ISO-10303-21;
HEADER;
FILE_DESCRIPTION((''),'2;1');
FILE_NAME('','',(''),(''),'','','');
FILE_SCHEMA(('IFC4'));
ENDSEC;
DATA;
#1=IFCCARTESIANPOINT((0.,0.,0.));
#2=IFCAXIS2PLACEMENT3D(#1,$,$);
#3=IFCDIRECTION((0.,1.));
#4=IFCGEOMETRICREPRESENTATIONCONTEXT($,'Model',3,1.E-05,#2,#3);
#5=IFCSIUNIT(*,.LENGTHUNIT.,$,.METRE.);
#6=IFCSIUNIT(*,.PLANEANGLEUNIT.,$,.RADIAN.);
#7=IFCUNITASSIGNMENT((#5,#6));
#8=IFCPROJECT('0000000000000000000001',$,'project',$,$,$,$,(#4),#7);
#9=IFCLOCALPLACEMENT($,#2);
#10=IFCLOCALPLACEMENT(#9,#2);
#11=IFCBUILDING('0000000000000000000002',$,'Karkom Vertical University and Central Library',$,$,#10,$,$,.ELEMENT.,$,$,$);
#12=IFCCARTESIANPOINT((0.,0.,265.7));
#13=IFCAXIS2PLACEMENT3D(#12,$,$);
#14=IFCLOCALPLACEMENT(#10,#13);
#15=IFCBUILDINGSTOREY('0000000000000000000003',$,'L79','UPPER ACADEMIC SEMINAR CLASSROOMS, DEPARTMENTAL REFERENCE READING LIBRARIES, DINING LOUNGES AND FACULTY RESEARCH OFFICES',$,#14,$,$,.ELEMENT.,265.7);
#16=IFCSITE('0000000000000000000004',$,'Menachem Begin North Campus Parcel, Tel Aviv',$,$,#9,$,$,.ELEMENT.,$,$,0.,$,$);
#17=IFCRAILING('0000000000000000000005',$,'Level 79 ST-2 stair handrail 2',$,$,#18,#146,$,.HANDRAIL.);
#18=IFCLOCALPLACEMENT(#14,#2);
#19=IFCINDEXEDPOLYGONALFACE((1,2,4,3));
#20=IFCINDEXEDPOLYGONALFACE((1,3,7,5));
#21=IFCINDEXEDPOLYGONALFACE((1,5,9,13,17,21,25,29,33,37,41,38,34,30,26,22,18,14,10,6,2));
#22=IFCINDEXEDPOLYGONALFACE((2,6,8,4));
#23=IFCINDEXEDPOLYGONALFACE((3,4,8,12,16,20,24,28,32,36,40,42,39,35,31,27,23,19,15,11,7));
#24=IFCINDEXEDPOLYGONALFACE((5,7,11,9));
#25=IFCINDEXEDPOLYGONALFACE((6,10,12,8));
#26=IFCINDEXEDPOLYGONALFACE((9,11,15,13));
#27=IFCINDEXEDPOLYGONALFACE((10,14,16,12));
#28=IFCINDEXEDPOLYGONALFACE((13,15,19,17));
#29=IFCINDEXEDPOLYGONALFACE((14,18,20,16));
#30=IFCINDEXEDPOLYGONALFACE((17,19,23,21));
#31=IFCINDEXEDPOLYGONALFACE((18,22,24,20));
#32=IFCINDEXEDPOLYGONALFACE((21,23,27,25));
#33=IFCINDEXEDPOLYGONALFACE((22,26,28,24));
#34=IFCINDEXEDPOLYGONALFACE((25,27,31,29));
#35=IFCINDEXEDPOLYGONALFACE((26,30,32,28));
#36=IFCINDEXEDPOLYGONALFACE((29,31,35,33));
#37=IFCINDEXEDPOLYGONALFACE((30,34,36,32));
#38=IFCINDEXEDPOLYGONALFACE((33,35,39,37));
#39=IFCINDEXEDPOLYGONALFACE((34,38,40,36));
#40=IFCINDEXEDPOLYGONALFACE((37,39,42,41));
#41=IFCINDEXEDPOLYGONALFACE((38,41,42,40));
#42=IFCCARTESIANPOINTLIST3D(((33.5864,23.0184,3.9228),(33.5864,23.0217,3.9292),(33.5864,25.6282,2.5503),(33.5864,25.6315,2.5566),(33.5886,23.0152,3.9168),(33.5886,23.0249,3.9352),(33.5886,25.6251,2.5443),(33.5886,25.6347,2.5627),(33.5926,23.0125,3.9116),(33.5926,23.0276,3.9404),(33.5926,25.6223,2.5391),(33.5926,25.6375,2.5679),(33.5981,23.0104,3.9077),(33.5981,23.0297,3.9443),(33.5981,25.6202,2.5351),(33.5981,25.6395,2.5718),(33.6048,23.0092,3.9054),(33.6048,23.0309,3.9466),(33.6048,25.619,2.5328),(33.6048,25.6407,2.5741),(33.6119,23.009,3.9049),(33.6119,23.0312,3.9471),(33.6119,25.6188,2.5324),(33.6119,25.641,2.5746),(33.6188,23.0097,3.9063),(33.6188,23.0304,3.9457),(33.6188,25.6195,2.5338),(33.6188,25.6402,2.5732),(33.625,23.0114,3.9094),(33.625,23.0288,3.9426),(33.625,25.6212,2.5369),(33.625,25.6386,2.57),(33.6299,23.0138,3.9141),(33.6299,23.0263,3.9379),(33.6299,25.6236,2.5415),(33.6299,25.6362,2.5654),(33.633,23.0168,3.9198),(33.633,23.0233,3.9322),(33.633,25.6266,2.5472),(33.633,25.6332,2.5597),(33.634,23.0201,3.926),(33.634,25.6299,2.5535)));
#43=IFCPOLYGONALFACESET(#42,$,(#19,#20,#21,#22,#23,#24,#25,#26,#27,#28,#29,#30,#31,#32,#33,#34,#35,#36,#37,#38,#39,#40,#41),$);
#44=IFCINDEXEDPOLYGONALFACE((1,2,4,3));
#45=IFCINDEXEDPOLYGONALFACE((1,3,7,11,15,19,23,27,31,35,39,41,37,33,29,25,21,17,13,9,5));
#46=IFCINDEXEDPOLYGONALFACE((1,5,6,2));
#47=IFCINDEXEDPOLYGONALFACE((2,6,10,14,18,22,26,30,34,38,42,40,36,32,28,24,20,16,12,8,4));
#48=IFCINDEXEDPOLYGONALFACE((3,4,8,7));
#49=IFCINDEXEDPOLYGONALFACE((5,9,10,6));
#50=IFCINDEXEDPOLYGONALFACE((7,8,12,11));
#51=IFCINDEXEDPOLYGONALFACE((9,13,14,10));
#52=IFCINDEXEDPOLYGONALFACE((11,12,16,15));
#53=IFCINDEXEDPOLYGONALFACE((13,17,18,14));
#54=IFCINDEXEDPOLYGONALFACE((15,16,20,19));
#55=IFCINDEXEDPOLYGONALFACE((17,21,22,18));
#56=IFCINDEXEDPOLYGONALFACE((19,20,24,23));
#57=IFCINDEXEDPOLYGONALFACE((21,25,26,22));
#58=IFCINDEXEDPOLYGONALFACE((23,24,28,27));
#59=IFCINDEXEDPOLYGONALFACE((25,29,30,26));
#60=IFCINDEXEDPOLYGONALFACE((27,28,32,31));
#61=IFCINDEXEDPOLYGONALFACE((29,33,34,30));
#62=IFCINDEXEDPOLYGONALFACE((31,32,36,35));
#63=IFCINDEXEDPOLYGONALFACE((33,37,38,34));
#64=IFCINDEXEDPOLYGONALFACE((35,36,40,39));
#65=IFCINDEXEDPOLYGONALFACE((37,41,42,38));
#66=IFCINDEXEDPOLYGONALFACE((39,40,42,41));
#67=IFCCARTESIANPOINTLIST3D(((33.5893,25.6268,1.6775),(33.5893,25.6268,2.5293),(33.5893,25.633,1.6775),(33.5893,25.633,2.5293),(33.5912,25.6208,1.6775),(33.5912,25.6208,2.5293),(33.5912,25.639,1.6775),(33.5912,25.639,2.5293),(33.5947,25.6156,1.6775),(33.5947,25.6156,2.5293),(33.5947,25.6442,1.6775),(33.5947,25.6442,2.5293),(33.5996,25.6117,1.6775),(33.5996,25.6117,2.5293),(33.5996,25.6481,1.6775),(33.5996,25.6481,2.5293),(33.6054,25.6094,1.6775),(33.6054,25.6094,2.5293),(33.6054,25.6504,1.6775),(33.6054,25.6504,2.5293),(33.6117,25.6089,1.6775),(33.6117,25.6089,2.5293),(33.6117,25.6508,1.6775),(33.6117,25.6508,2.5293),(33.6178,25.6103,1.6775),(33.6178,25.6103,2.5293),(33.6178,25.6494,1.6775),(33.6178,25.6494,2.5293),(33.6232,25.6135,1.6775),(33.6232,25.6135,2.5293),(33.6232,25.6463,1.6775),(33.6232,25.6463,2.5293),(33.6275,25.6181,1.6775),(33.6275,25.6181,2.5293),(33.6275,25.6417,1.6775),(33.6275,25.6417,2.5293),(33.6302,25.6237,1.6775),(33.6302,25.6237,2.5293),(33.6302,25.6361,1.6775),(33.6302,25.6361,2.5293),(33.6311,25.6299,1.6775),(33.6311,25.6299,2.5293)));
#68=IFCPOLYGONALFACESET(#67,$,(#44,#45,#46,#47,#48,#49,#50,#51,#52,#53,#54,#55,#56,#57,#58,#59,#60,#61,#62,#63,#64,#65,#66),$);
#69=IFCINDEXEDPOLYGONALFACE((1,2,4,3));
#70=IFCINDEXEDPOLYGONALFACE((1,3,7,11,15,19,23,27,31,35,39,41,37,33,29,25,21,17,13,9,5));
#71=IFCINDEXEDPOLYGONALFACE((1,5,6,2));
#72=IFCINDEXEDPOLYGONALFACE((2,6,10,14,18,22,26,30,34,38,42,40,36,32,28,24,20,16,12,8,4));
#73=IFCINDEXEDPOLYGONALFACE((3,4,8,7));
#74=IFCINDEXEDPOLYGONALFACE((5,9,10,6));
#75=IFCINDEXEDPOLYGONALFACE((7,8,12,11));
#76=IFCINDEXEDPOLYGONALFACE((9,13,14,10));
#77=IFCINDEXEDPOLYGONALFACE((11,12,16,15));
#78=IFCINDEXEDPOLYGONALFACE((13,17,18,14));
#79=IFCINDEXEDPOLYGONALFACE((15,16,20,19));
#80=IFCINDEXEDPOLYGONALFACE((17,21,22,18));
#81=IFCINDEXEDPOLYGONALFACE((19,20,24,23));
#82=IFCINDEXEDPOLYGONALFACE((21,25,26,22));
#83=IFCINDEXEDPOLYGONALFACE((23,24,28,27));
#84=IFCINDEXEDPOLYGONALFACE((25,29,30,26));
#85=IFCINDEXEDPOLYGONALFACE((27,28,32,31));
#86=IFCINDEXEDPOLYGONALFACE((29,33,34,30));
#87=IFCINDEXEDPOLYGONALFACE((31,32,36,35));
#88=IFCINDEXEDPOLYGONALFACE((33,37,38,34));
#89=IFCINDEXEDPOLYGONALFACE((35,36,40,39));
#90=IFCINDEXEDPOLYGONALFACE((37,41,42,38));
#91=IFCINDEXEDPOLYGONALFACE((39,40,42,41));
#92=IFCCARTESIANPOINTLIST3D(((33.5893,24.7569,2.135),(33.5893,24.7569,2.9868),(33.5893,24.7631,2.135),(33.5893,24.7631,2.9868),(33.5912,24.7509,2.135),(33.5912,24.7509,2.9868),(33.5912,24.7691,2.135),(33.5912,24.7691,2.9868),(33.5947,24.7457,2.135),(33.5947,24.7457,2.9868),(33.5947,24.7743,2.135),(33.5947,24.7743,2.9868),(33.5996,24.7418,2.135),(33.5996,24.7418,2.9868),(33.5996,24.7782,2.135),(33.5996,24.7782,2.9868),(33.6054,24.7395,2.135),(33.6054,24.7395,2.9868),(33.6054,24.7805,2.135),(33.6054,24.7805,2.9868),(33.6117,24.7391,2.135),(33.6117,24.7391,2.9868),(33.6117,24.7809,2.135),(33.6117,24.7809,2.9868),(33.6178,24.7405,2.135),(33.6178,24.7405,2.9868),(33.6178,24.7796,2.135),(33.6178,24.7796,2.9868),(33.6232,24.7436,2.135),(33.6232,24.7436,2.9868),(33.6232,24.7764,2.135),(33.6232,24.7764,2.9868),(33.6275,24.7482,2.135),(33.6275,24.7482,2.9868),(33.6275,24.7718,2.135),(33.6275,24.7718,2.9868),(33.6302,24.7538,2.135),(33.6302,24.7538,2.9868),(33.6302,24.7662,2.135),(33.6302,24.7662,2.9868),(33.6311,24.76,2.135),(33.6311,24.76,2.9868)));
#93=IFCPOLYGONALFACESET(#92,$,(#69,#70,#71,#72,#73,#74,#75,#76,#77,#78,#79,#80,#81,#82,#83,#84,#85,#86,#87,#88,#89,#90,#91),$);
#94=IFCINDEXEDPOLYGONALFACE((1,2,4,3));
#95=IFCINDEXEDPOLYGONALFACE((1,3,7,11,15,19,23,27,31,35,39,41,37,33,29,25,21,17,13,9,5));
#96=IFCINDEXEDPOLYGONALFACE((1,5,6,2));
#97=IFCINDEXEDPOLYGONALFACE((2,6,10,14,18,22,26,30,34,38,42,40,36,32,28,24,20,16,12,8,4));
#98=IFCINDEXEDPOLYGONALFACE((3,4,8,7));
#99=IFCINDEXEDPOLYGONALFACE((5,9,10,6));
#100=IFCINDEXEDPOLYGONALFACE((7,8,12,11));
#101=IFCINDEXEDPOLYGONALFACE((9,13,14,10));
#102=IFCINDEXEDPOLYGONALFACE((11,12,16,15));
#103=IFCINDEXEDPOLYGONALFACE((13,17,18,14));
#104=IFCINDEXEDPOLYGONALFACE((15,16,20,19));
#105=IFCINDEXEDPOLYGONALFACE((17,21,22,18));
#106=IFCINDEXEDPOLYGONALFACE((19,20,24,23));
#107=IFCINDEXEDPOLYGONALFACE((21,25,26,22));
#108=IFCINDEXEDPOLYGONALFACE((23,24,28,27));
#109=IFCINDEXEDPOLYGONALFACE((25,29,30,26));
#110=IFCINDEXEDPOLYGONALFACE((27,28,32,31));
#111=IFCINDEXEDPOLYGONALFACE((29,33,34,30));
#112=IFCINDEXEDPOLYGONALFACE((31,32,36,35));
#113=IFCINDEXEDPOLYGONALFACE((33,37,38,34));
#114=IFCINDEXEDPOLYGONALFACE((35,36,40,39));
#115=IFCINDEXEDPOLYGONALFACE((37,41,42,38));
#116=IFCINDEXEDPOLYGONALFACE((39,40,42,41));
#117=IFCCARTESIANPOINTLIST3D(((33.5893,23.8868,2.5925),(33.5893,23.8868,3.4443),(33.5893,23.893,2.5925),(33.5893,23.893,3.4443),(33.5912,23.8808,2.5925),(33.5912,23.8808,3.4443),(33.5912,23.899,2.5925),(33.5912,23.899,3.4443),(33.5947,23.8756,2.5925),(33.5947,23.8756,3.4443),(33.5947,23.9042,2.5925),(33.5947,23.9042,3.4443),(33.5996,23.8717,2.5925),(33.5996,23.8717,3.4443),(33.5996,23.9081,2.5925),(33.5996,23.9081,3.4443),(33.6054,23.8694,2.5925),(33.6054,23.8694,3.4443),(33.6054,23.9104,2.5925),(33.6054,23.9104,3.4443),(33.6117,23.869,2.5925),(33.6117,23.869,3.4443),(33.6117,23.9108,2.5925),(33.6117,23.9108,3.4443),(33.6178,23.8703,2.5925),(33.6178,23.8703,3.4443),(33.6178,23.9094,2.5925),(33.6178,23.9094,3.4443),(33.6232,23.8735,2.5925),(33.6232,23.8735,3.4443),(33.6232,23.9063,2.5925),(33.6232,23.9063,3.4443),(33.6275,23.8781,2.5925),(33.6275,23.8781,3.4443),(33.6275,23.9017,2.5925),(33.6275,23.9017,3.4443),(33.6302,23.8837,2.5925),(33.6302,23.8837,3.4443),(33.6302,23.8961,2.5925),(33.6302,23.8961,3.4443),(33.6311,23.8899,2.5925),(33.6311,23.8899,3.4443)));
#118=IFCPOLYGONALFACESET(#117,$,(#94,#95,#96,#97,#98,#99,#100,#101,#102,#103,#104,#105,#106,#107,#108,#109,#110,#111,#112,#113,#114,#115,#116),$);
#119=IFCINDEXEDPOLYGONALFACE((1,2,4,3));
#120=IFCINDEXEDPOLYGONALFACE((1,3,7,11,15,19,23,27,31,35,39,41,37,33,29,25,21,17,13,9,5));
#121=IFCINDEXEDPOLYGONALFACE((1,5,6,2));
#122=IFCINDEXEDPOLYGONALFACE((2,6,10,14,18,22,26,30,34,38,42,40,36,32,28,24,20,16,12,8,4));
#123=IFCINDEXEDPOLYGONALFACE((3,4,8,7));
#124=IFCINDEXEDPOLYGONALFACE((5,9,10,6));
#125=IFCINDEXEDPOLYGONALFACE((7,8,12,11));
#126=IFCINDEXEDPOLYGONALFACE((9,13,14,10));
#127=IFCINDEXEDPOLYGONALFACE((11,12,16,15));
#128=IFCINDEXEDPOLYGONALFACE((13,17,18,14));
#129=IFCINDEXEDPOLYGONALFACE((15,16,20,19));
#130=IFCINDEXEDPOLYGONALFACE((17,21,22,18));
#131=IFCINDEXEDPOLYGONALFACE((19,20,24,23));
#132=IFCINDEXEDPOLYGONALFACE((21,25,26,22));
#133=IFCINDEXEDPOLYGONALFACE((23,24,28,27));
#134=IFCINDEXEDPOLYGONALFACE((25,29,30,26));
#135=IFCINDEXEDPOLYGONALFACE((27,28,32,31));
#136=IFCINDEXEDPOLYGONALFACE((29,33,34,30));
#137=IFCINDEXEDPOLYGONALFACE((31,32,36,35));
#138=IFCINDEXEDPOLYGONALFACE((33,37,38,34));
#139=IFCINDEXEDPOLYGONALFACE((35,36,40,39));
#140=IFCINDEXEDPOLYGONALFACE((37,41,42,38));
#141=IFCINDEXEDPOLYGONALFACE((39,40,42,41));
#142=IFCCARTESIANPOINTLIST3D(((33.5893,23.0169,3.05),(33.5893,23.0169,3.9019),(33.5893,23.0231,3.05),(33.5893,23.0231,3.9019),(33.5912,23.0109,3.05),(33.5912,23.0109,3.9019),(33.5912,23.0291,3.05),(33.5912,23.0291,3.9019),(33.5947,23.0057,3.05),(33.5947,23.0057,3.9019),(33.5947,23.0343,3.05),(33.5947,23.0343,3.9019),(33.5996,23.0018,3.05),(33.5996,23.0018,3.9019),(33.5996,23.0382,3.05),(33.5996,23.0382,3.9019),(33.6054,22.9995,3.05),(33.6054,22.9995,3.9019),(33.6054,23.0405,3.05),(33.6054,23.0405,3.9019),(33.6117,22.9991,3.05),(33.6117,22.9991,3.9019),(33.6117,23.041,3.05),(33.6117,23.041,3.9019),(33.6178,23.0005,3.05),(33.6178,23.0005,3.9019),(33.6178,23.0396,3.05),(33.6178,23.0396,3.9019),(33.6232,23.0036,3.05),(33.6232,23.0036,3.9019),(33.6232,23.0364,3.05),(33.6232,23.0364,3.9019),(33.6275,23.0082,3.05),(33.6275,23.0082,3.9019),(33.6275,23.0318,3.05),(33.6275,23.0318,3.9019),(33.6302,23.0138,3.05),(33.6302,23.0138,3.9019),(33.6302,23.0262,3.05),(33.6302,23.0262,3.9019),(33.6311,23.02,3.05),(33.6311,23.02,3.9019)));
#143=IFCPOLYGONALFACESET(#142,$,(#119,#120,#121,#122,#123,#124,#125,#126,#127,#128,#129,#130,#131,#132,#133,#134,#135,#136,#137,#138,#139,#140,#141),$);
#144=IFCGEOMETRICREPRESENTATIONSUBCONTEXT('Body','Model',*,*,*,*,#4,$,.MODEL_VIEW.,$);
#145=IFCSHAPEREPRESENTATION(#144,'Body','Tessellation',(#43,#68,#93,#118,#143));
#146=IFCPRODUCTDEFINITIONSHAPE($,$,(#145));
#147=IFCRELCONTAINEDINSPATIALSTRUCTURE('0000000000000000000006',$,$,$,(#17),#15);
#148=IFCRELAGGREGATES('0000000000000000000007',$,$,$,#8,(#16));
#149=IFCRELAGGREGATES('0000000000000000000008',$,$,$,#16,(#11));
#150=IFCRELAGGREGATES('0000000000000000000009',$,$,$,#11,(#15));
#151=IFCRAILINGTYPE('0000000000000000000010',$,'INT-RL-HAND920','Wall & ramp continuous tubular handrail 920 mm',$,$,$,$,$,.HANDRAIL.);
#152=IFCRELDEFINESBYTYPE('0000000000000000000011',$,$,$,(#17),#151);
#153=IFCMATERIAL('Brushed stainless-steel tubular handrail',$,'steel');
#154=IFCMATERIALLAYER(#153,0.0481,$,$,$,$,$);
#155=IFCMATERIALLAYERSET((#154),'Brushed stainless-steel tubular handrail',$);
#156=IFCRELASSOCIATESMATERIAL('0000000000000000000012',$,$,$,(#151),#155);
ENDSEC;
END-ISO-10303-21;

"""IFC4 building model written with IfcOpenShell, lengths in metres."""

from ifc_helpers import new_model, si_unit, direction, frame, origin, origin_2d, place, context, subcontext, project, spatial, circle, extrude, material, layer, layer_set, type_object, element, save


model = new_model("IFC4")

# Units and contexts
model_context = context("Model", 3, precision=1e-05, world=origin(), true_north=direction((0.0, 1.0)))
body_context = subcontext(model_context, "Body", "Model", "MODEL_VIEW")
ifc_project = project(units=[si_unit("LENGTHUNIT", "METRE"), si_unit("PLANEANGLEUNIT", "RADIAN")], contexts=[model_context])

# Site, building, storey
site_placement = place(None, origin())
site = spatial("IfcSite", under=ifc_project, at=site_placement, Name="Menachem Begin North Campus Parcel, Tel Aviv", CompositionType="ELEMENT", RefElevation=0.0)
building_placement = place(site_placement, origin())
building = spatial("IfcBuilding", under=site, at=building_placement, Name="Karkom Vertical University and Central Library", CompositionType="ELEMENT")
storey_placement = place(building_placement, frame((0.0, 0.0, 265.7)))
storey = spatial("IfcBuildingStorey", under=building, at=storey_placement, Name="L79", Description="UPPER ACADEMIC SEMINAR CLASSROOMS, DEPARTMENTAL REFERENCE READING LIBRARIES, DINING LOUNGES AND FACULTY RESEARCH OFFICES", CompositionType="ELEMENT", Elevation=265.7)

# Railing
ifc_material_1 = material(Name="Brushed stainless-steel tubular handrail", Category="steel")
ifc_layer_1 = layer(ifc_material_1, 0.0481)
ifc_layer_set_1 = layer_set([ifc_layer_1], Name="Brushed stainless-steel tubular handrail")
railing_type_1 = type_object("IfcRailingType", Name="INT-RL-HAND920", Description="Wall & ramp continuous tubular handrail 920 mm", PredefinedType="HANDRAIL", material=ifc_layer_set_1)
railing_1_placement = place(storey_placement, frame((33.6101, 25.6299, 1.6775)))
element("IfcRailing", 1, at=railing_1_placement, inside=storey, type_object=railing_type_1, Name="Level 79 ST-2 stair handrail 2", PredefinedType="HANDRAIL", context=body_context, shape_type="SweptSolid", body=[
    extrude(circle(Radius=0.0239, at=origin_2d()), frame((0.0, 0.0, 0.876), z_axis=(0.0, -0.885065, 0.465467), x_axis=(1.0, 0.0, 0.0)), (0.0, 0.0, 1.0), 2.9487),
    extrude(circle(Radius=0.021, at=origin_2d()), origin(), (0.0, 0.0, 1.0), 0.8518),
    extrude(circle(Radius=0.021, at=origin_2d()), frame((0.0, -0.8699, 0.4575)), (0.0, 0.0, 1.0), 0.8518),
    extrude(circle(Radius=0.021, at=origin_2d()), frame((0.0, -1.74, 0.915)), (0.0, 0.0, 1.0), 0.8518),
    extrude(circle(Radius=0.021, at=origin_2d()), frame((0.0, -2.6099, 1.3726)), (0.0, 0.0, 1.0), 0.8518),
])

save(model, "model.ifc")
